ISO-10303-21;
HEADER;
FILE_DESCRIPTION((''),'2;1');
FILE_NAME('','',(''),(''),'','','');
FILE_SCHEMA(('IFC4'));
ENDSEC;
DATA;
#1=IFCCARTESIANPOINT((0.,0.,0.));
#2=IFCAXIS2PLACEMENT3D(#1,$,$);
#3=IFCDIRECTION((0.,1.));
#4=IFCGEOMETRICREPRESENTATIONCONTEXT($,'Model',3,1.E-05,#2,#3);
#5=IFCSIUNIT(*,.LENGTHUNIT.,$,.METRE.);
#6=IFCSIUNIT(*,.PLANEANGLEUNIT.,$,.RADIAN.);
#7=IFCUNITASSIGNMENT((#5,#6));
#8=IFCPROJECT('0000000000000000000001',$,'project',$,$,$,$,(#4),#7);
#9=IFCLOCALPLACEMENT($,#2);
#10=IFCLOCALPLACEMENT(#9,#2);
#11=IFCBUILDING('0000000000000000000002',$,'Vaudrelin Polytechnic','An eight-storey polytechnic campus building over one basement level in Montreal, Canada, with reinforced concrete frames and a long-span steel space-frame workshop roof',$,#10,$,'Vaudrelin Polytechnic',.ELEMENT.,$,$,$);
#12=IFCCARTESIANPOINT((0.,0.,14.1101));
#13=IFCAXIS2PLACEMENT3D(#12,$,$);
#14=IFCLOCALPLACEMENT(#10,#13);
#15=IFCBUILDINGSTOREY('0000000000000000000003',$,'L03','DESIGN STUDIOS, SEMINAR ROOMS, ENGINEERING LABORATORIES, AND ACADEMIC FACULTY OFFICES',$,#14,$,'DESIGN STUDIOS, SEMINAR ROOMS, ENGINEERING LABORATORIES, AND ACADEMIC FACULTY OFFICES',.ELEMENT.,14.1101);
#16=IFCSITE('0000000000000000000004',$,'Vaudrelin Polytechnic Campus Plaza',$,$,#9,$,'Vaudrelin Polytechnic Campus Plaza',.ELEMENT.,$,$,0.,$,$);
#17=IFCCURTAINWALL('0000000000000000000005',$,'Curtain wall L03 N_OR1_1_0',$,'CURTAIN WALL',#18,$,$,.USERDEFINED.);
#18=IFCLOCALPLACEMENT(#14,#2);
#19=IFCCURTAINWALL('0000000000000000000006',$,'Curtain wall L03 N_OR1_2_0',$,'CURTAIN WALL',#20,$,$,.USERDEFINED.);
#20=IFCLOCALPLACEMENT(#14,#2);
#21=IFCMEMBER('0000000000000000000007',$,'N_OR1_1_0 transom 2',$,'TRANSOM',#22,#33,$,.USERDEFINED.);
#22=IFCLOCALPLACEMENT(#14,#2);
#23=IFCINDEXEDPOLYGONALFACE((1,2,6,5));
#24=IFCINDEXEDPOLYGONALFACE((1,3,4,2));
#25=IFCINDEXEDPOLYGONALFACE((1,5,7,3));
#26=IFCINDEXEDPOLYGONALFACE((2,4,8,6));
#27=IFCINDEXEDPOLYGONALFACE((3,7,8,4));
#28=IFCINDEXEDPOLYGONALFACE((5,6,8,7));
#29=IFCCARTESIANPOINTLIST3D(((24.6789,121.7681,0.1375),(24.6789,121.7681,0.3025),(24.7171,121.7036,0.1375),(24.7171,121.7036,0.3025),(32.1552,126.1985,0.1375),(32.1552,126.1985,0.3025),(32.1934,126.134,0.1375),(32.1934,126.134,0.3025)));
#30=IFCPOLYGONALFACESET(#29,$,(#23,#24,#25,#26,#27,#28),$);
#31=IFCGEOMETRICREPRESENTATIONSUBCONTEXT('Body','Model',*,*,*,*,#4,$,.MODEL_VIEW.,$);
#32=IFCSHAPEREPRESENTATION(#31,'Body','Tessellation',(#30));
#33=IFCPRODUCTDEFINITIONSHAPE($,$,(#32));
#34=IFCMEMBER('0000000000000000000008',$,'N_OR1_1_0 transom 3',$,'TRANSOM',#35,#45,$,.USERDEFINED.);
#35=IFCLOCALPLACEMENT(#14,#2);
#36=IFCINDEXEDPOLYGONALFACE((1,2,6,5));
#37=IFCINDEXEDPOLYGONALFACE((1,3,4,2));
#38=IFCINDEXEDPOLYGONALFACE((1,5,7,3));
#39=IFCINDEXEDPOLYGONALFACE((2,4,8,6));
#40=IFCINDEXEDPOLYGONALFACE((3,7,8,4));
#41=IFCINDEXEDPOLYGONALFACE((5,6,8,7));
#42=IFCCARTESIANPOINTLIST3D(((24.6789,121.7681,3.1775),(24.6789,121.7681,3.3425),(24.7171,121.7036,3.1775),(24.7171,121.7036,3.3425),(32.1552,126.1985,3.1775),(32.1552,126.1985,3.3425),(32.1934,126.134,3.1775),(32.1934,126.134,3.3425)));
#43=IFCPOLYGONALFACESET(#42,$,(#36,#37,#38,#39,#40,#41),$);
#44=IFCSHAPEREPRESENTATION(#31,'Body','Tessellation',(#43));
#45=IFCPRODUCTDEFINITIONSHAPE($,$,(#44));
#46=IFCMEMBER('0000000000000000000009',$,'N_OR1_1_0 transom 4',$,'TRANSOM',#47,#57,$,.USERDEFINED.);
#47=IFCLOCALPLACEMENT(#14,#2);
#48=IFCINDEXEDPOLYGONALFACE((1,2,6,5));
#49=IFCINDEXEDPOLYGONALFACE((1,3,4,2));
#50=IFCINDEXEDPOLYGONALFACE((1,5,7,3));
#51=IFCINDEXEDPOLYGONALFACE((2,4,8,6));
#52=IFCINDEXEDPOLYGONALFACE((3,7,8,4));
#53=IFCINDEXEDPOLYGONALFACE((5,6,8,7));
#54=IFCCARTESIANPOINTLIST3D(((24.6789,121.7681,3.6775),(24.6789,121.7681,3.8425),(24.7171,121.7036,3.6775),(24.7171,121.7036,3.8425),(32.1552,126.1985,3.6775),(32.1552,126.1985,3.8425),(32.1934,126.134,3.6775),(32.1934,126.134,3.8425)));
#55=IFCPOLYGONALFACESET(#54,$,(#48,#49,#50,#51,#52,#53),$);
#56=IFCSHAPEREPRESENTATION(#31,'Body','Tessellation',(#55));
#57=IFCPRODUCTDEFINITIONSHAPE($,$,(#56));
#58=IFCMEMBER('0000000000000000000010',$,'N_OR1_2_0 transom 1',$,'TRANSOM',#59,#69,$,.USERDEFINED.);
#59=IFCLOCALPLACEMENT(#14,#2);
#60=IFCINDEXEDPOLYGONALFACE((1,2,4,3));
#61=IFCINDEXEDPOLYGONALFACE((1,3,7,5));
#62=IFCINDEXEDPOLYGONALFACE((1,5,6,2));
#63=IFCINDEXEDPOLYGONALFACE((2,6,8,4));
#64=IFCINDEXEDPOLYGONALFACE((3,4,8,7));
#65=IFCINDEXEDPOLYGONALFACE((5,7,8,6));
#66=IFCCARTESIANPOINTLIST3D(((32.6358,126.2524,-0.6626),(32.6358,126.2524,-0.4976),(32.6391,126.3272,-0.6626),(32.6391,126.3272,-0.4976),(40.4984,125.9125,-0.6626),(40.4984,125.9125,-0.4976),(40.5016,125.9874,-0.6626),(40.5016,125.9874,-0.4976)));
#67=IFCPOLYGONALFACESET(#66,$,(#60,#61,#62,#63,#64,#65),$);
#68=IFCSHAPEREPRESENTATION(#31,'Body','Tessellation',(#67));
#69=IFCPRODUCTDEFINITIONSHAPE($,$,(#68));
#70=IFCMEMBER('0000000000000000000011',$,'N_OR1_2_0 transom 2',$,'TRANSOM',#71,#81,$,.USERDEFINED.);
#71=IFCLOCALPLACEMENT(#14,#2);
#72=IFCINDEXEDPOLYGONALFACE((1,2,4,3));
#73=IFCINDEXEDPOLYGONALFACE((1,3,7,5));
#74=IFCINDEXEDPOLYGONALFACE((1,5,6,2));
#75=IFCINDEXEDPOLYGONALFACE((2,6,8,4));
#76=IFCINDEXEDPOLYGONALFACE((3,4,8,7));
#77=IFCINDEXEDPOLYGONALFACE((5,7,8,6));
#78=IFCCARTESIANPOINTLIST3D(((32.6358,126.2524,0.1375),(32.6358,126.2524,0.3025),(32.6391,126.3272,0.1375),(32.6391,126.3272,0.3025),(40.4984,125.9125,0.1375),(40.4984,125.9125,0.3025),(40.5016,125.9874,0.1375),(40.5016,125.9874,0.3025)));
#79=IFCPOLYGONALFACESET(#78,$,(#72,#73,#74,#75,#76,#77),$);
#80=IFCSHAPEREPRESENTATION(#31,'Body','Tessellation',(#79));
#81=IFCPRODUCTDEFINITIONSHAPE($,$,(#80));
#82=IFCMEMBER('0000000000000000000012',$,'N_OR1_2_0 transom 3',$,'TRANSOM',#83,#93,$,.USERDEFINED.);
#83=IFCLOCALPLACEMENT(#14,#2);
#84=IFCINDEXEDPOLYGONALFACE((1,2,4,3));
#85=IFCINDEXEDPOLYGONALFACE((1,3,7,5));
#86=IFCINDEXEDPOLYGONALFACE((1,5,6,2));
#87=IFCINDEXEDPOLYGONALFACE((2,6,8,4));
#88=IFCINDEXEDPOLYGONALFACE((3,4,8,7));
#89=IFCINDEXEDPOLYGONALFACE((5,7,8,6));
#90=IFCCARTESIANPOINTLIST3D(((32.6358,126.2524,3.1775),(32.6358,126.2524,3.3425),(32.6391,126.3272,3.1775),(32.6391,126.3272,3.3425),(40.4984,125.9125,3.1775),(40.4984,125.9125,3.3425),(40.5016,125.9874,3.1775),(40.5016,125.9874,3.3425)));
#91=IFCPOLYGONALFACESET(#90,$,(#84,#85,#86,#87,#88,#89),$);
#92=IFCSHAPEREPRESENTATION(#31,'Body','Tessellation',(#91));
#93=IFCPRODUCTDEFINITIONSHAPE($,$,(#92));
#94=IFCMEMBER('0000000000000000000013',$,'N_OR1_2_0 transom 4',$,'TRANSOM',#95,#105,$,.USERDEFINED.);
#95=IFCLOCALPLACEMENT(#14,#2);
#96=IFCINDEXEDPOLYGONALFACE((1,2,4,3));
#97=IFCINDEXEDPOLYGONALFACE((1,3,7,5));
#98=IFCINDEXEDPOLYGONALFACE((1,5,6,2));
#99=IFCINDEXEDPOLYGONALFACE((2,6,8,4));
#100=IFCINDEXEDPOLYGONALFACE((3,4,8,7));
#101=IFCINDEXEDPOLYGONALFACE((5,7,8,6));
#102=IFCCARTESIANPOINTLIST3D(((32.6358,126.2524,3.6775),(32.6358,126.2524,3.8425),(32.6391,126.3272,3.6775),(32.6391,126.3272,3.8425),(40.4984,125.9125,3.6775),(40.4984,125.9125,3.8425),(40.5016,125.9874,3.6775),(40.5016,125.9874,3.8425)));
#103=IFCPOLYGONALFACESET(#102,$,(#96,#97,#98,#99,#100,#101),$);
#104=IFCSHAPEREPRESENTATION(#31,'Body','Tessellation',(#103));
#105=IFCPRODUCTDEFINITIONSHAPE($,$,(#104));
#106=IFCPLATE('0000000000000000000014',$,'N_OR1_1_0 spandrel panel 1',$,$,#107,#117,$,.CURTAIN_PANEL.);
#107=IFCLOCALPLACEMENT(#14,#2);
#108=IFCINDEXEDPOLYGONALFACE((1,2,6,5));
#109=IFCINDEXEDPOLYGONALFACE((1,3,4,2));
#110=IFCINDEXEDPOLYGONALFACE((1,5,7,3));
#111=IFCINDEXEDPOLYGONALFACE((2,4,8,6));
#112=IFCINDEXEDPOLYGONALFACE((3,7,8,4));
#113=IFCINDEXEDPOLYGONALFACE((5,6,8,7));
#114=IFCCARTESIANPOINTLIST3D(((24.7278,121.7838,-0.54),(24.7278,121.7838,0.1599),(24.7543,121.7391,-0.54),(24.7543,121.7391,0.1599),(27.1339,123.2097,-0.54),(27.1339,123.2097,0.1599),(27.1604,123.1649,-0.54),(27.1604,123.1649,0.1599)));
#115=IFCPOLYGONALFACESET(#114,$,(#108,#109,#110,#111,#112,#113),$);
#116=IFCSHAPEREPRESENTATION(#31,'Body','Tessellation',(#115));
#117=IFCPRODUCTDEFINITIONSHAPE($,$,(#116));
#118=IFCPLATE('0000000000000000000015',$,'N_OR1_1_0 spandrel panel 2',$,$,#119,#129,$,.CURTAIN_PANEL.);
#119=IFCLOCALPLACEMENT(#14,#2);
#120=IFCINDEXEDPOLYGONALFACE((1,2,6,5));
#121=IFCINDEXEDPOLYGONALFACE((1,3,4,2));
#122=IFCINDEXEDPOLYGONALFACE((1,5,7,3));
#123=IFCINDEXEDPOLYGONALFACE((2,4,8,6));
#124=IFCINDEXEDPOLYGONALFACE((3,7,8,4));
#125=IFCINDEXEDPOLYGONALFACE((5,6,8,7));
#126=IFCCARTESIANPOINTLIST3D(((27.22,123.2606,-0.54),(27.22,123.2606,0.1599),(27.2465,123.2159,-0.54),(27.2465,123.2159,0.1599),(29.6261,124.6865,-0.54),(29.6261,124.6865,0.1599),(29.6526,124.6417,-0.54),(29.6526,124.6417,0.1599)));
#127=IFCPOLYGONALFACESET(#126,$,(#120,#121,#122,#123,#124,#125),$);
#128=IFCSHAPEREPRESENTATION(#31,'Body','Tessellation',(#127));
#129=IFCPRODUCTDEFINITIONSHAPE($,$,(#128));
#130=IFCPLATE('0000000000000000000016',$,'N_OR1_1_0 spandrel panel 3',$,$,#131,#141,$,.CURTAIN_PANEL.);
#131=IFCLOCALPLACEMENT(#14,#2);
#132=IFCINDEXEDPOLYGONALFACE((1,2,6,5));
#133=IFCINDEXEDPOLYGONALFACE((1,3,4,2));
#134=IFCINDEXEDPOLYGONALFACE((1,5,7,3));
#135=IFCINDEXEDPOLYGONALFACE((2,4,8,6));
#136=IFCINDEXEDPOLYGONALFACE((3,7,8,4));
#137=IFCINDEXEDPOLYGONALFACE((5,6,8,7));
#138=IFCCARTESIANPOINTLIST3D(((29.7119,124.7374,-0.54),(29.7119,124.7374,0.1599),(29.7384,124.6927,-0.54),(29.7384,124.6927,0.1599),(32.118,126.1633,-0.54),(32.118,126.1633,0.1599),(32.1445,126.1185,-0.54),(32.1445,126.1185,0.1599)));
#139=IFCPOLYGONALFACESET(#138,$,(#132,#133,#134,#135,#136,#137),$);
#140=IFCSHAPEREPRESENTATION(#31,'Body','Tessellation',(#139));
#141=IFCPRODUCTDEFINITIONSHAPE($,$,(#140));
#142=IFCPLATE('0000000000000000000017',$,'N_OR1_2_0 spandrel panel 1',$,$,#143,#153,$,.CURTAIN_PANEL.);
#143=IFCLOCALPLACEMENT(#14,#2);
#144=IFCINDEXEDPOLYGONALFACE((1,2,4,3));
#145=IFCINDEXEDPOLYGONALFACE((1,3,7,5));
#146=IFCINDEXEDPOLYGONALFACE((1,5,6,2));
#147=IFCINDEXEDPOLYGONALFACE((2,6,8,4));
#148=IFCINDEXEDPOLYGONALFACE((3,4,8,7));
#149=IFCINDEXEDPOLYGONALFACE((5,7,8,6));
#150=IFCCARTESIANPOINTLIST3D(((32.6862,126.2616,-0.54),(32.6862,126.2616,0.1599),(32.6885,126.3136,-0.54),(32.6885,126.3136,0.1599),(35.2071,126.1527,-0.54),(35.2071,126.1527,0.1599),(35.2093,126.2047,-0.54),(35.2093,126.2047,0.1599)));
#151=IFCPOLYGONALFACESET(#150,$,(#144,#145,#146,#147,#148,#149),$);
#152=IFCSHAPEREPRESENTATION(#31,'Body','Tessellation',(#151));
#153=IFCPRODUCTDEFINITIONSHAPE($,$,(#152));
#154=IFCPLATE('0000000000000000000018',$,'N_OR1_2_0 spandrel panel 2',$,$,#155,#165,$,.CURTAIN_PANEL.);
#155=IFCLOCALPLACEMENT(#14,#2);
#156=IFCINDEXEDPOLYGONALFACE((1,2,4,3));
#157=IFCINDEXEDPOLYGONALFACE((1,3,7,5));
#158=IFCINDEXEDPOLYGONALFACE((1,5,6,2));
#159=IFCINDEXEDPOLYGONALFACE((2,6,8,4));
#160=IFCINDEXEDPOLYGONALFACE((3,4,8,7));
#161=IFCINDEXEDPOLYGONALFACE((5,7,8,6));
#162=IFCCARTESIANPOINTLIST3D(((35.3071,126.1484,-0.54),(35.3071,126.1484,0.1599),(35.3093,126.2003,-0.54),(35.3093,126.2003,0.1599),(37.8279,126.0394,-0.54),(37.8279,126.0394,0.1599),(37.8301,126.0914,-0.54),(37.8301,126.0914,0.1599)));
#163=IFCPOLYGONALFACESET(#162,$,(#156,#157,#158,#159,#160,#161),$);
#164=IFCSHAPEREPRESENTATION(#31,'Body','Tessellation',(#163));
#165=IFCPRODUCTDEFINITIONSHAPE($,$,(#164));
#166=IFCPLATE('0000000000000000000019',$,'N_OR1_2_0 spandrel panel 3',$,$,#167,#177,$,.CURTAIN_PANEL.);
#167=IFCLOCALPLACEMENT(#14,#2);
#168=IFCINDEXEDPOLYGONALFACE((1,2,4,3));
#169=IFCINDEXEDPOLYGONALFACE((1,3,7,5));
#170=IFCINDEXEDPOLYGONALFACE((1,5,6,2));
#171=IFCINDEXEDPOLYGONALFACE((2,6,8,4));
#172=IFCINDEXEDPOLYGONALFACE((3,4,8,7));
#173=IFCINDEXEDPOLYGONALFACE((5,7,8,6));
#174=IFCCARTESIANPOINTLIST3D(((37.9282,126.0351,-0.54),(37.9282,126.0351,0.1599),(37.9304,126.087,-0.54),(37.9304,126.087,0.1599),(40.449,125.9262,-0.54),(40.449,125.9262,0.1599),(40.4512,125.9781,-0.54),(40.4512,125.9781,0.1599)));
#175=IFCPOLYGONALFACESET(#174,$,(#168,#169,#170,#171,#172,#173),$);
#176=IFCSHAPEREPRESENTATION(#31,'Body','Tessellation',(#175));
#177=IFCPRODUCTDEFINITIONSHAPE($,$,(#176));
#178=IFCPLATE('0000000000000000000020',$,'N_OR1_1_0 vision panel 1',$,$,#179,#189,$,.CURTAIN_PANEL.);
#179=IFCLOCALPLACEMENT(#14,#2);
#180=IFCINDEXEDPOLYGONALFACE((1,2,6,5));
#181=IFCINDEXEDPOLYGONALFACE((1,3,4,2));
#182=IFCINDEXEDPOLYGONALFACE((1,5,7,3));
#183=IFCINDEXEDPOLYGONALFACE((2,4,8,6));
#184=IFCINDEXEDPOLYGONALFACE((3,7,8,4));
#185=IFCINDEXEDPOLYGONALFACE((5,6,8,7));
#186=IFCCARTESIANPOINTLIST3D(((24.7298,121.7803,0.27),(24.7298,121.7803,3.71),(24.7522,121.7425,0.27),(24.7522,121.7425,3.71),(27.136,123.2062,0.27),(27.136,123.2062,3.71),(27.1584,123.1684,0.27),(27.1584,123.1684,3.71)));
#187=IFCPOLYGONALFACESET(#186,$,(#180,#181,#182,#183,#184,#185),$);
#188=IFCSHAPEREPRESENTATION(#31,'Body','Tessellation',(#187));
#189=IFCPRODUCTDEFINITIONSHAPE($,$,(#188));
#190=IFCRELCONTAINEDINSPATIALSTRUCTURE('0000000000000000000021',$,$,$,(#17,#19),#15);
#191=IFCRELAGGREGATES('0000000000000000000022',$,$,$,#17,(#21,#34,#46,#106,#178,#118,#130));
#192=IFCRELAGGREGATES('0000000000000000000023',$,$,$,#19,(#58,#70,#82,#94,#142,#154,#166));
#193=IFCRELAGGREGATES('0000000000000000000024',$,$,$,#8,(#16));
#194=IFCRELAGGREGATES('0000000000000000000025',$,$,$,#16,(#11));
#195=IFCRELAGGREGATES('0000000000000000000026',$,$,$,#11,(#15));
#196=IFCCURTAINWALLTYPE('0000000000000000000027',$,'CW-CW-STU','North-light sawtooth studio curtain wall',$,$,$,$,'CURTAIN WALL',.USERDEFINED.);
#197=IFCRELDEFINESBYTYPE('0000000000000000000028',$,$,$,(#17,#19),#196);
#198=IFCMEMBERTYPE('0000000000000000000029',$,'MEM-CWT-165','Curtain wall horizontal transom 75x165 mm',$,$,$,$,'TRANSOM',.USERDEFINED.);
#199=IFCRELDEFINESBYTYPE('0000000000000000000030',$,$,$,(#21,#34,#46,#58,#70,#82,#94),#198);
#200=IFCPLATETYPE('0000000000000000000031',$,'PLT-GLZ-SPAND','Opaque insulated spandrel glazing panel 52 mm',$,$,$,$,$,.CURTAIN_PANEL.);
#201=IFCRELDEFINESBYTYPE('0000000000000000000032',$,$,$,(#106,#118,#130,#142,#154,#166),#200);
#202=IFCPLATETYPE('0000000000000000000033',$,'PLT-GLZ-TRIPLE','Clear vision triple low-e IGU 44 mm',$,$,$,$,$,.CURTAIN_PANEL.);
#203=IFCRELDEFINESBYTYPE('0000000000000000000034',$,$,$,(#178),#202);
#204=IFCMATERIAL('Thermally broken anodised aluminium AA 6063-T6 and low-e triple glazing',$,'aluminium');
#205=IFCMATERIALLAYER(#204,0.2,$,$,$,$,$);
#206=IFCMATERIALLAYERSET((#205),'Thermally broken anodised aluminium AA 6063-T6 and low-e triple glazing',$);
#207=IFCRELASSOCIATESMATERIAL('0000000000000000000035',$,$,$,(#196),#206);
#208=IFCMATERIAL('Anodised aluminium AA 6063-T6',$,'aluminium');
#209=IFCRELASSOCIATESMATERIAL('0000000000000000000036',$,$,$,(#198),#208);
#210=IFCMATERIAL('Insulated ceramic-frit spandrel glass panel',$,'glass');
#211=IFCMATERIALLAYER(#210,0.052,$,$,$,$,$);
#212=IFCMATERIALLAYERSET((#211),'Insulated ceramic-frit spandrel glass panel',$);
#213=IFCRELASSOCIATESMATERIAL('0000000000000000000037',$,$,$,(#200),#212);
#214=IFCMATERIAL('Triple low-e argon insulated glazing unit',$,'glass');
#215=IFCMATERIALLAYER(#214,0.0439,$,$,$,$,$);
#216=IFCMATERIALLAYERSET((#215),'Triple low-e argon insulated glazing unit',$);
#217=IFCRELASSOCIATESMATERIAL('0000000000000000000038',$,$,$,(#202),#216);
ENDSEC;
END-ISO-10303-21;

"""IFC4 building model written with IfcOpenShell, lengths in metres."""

from ifc_helpers import new_model, si_unit, direction, frame, origin, origin_2d, place, context, subcontext, project, spatial, rectangle, extrude, material, layer, layer_set, material_profile, profile_set, type_object, element, aggregate, save


model = new_model("IFC4")

# Units and contexts
model_context = context("Model", 3, precision=1e-05, world=origin(), true_north=direction((0.0, 1.0)))
body_context = subcontext(model_context, "Body", "Model", "MODEL_VIEW")
ifc_project = project(units=[si_unit("LENGTHUNIT", "METRE"), si_unit("PLANEANGLEUNIT", "RADIAN")], contexts=[model_context])

# Site, building, storey
site_placement = place(None, origin())
site = spatial("IfcSite", under=ifc_project, at=site_placement, Name="Vaudrelin Polytechnic Campus Plaza", LongName="Vaudrelin Polytechnic Campus Plaza", CompositionType="ELEMENT", RefElevation=0.0)
building_placement = place(site_placement, origin())
building = spatial("IfcBuilding", under=site, at=building_placement, Name="Vaudrelin Polytechnic", Description="An eight-storey polytechnic campus building over one basement level in Montreal, Canada, with reinforced concrete frames and a long-span steel space-frame workshop roof", LongName="Vaudrelin Polytechnic", CompositionType="ELEMENT")
storey_placement = place(building_placement, frame((0.0, 0.0, 14.1101)))
storey = spatial("IfcBuildingStorey", under=building, at=storey_placement, Name="L03", Description="DESIGN STUDIOS, SEMINAR ROOMS, ENGINEERING LABORATORIES, AND ACADEMIC FACULTY OFFICES", LongName="DESIGN STUDIOS, SEMINAR ROOMS, ENGINEERING LABORATORIES, AND ACADEMIC FACULTY OFFICES", CompositionType="ELEMENT", Elevation=14.1101)

# Curtain walls
ifc_material_1 = material(Name="Thermally broken anodised aluminium AA 6063-T6 and low-e triple glazing", Category="aluminium")
ifc_layer_1 = layer(ifc_material_1, 0.2)
ifc_layer_set_1 = layer_set([ifc_layer_1], Name="Thermally broken anodised aluminium AA 6063-T6 and low-e triple glazing")
curtain_wall_type = type_object("IfcCurtainWallType", Name="CW-CW-STU", Description="North-light sawtooth studio curtain wall", ElementType="CURTAIN WALL", PredefinedType="USERDEFINED", material=ifc_layer_set_1)
curtain_wall_1_placement = place(storey_placement, origin())
curtain_wall_1 = element("IfcCurtainWall", 1, at=curtain_wall_1_placement, inside=storey, type_object=curtain_wall_type, Name="Curtain wall L03 N_OR1_1_0", ObjectType="CURTAIN WALL", PredefinedType="USERDEFINED")
ifc_material_2 = material(Name="Anodised aluminium AA 6063-T6", Category="aluminium")
curtain_wall_2_placement = place(storey_placement, origin())
curtain_wall_2 = element("IfcCurtainWall", 2, at=curtain_wall_2_placement, inside=storey, type_object=curtain_wall_type, Name="Curtain wall L03 N_OR1_2_0", ObjectType="CURTAIN WALL", PredefinedType="USERDEFINED")

# Members
ifc_material_profile_1 = material_profile(ifc_material_2, rectangle(XDim=0.075, YDim=0.165, at=origin_2d()), Name="CWT-75x165")
ifc_profile_set_1 = profile_set([ifc_material_profile_1], Name="Anodised aluminium AA 6063-T6")
member_type_1 = type_object("IfcMemberType", Name="MEM-CWT-165", Description="Curtain wall horizontal transom 75x165 mm", ElementType="TRANSOM", PredefinedType="USERDEFINED", material=ifc_profile_set_1)
member_1_placement = place(storey_placement, frame((24.698, 121.7358, 0.22), z_axis=(0.860291, 0.509803, 0.0), x_axis=(-0.509803, 0.860291, 0.0)))
member_1 = element("IfcMember", 3, at=member_1_placement, type_object=member_type_1, Name="N_OR1_1_0 transom 2", ObjectType="TRANSOM", PredefinedType="USERDEFINED", context=body_context, shape_type="SweptSolid", body=[
    extrude(rectangle(XDim=0.075, YDim=0.165, at=origin_2d()), origin(), (0.0, 0.0, 1.0), 8.6904),
])
member_2_placement = place(storey_placement, frame((24.698, 121.7358, 3.26), z_axis=(0.860291, 0.509803, 0.0), x_axis=(-0.509803, 0.860291, 0.0)))
member_2 = element("IfcMember", 4, at=member_2_placement, type_object=member_type_1, Name="N_OR1_1_0 transom 3", ObjectType="TRANSOM", PredefinedType="USERDEFINED", context=body_context, shape_type="SweptSolid", body=[
    extrude(rectangle(XDim=0.075, YDim=0.165, at=origin_2d()), origin(), (0.0, 0.0, 1.0), 8.6904),
])
member_3_placement = place(storey_placement, frame((24.698, 121.7358, 3.76), z_axis=(0.860291, 0.509803, 0.0), x_axis=(-0.509803, 0.860291, 0.0)))
member_3 = element("IfcMember", 5, at=member_3_placement, type_object=member_type_1, Name="N_OR1_1_0 transom 4", ObjectType="TRANSOM", PredefinedType="USERDEFINED", context=body_context, shape_type="SweptSolid", body=[
    extrude(rectangle(XDim=0.075, YDim=0.165, at=origin_2d()), origin(), (0.0, 0.0, 1.0), 8.6904),
])
member_4_placement = place(storey_placement, frame((32.6375, 126.2898, -0.5801), z_axis=(0.999067, -0.043183, 0.0), x_axis=(0.043183, 0.999067, 0.0)))
member_4 = element("IfcMember", 6, at=member_4_placement, type_object=member_type_1, Name="N_OR1_2_0 transom 1", ObjectType="TRANSOM", PredefinedType="USERDEFINED", context=body_context, shape_type="SweptSolid", body=[
    extrude(rectangle(XDim=0.075, YDim=0.165, at=origin_2d()), origin(), (0.0, 0.0, 1.0), 7.8699),
])
member_5_placement = place(storey_placement, frame((32.6375, 126.2898, 0.22), z_axis=(0.999067, -0.043183, 0.0), x_axis=(0.043183, 0.999067, 0.0)))
member_5 = element("IfcMember", 7, at=member_5_placement, type_object=member_type_1, Name="N_OR1_2_0 transom 2", ObjectType="TRANSOM", PredefinedType="USERDEFINED", context=body_context, shape_type="SweptSolid", body=[
    extrude(rectangle(XDim=0.075, YDim=0.165, at=origin_2d()), origin(), (0.0, 0.0, 1.0), 7.8699),
])
member_6_placement = place(storey_placement, frame((32.6375, 126.2898, 3.26), z_axis=(0.999067, -0.043183, 0.0), x_axis=(0.043183, 0.999067, 0.0)))
member_6 = element("IfcMember", 8, at=member_6_placement, type_object=member_type_1, Name="N_OR1_2_0 transom 3", ObjectType="TRANSOM", PredefinedType="USERDEFINED", context=body_context, shape_type="SweptSolid", body=[
    extrude(rectangle(XDim=0.075, YDim=0.165, at=origin_2d()), origin(), (0.0, 0.0, 1.0), 7.8699),
])
member_7_placement = place(storey_placement, frame((32.6375, 126.2898, 3.76), z_axis=(0.999067, -0.043183, 0.0), x_axis=(0.043183, 0.999067, 0.0)))
member_7 = element("IfcMember", 9, at=member_7_placement, type_object=member_type_1, Name="N_OR1_2_0 transom 4", ObjectType="TRANSOM", PredefinedType="USERDEFINED", context=body_context, shape_type="SweptSolid", body=[
    extrude(rectangle(XDim=0.075, YDim=0.165, at=origin_2d()), origin(), (0.0, 0.0, 1.0), 7.8699),
])

# Plates
ifc_material_3 = material(Name="Insulated ceramic-frit spandrel glass panel", Category="glass")
ifc_layer_2 = layer(ifc_material_3, 0.052)
ifc_layer_set_2 = layer_set([ifc_layer_2], Name="Insulated ceramic-frit spandrel glass panel")
plate_type_1 = type_object("IfcPlateType", Name="PLT-GLZ-SPAND", Description="Opaque insulated spandrel glazing panel 52 mm", PredefinedType="CURTAIN_PANEL", material=ifc_layer_set_2)
plate_1_placement = place(storey_placement, frame((25.9441, 122.4744, -0.54), z_axis=(0.0, 0.0, 1.0), x_axis=(0.860292, 0.509802, 0.0)))
plate_1 = element("IfcPlate", 10, at=plate_1_placement, type_object=plate_type_1, Name="N_OR1_1_0 spandrel panel 1", PredefinedType="CURTAIN_PANEL", context=body_context, shape_type="SweptSolid", body=[
    extrude(rectangle(XDim=2.7969, YDim=0.052, at=origin_2d()), origin(), (0.0, 0.0, 1.0), 0.7),
])
plate_2_placement = place(storey_placement, frame((28.4363, 123.9512, -0.54), z_axis=(0.0, 0.0, 1.0), x_axis=(0.860292, 0.509802, 0.0)))
plate_2 = element("IfcPlate", 11, at=plate_2_placement, type_object=plate_type_1, Name="N_OR1_1_0 spandrel panel 2", PredefinedType="CURTAIN_PANEL", context=body_context, shape_type="SweptSolid", body=[
    extrude(rectangle(XDim=2.7969, YDim=0.052, at=origin_2d()), origin(), (0.0, 0.0, 1.0), 0.7),
])
plate_3_placement = place(storey_placement, frame((30.9282, 125.428, -0.54), z_axis=(0.0, 0.0, 1.0), x_axis=(0.860292, 0.509802, 0.0)))
plate_3 = element("IfcPlate", 12, at=plate_3_placement, type_object=plate_type_1, Name="N_OR1_1_0 spandrel panel 3", PredefinedType="CURTAIN_PANEL", context=body_context, shape_type="SweptSolid", body=[
    extrude(rectangle(XDim=2.7969, YDim=0.052, at=origin_2d()), origin(), (0.0, 0.0, 1.0), 0.7),
])
plate_4_placement = place(storey_placement, frame((33.9478, 126.2332, -0.54), z_axis=(0.0, 0.0, 1.0), x_axis=(0.999068, -0.043164, 0.0)))
plate_4 = element("IfcPlate", 13, at=plate_4_placement, type_object=plate_type_1, Name="N_OR1_2_0 spandrel panel 1", PredefinedType="CURTAIN_PANEL", context=body_context, shape_type="SweptSolid", body=[
    extrude(rectangle(XDim=2.5232, YDim=0.052, at=origin_2d()), origin(), (0.0, 0.0, 1.0), 0.7),
])
plate_5_placement = place(storey_placement, frame((36.5686, 126.1199, -0.54), z_axis=(0.0, 0.0, 1.0), x_axis=(0.999068, -0.043164, 0.0)))
plate_5 = element("IfcPlate", 14, at=plate_5_placement, type_object=plate_type_1, Name="N_OR1_2_0 spandrel panel 2", PredefinedType="CURTAIN_PANEL", context=body_context, shape_type="SweptSolid", body=[
    extrude(rectangle(XDim=2.5232, YDim=0.052, at=origin_2d()), origin(), (0.0, 0.0, 1.0), 0.7),
])
plate_6_placement = place(storey_placement, frame((39.1897, 126.0066, -0.54), z_axis=(0.0, 0.0, 1.0), x_axis=(0.999068, -0.043164, 0.0)))
plate_6 = element("IfcPlate", 15, at=plate_6_placement, type_object=plate_type_1, Name="N_OR1_2_0 spandrel panel 3", PredefinedType="CURTAIN_PANEL", context=body_context, shape_type="SweptSolid", body=[
    extrude(rectangle(XDim=2.5232, YDim=0.052, at=origin_2d()), origin(), (0.0, 0.0, 1.0), 0.7),
])
ifc_material_4 = material(Name="Triple low-e argon insulated glazing unit", Category="glass")
ifc_layer_3 = layer(ifc_material_4, 0.0439)
ifc_layer_set_3 = layer_set([ifc_layer_3], Name="Triple low-e argon insulated glazing unit")
plate_type_2 = type_object("IfcPlateType", Name="PLT-GLZ-TRIPLE", Description="Clear vision triple low-e IGU 44 mm", PredefinedType="CURTAIN_PANEL", material=ifc_layer_set_3)
plate_7_placement = place(storey_placement, frame((25.9441, 122.4744, 0.27), z_axis=(0.0, 0.0, 1.0), x_axis=(0.860292, 0.509802, 0.0)))
plate_7 = element("IfcPlate", 16, at=plate_7_placement, type_object=plate_type_2, Name="N_OR1_1_0 vision panel 1", PredefinedType="CURTAIN_PANEL", context=body_context, shape_type="SweptSolid", body=[
    extrude(rectangle(XDim=2.7969, YDim=0.0439, at=origin_2d()), origin(), (0.0, 0.0, 1.0), 3.4399),
])
aggregate(curtain_wall_1, [member_1, member_2, member_3, plate_1, plate_7, plate_2, plate_3])
aggregate(curtain_wall_2, [member_4, member_5, member_6, member_7, plate_4, plate_5, plate_6])

save(model, "model.ifc")
